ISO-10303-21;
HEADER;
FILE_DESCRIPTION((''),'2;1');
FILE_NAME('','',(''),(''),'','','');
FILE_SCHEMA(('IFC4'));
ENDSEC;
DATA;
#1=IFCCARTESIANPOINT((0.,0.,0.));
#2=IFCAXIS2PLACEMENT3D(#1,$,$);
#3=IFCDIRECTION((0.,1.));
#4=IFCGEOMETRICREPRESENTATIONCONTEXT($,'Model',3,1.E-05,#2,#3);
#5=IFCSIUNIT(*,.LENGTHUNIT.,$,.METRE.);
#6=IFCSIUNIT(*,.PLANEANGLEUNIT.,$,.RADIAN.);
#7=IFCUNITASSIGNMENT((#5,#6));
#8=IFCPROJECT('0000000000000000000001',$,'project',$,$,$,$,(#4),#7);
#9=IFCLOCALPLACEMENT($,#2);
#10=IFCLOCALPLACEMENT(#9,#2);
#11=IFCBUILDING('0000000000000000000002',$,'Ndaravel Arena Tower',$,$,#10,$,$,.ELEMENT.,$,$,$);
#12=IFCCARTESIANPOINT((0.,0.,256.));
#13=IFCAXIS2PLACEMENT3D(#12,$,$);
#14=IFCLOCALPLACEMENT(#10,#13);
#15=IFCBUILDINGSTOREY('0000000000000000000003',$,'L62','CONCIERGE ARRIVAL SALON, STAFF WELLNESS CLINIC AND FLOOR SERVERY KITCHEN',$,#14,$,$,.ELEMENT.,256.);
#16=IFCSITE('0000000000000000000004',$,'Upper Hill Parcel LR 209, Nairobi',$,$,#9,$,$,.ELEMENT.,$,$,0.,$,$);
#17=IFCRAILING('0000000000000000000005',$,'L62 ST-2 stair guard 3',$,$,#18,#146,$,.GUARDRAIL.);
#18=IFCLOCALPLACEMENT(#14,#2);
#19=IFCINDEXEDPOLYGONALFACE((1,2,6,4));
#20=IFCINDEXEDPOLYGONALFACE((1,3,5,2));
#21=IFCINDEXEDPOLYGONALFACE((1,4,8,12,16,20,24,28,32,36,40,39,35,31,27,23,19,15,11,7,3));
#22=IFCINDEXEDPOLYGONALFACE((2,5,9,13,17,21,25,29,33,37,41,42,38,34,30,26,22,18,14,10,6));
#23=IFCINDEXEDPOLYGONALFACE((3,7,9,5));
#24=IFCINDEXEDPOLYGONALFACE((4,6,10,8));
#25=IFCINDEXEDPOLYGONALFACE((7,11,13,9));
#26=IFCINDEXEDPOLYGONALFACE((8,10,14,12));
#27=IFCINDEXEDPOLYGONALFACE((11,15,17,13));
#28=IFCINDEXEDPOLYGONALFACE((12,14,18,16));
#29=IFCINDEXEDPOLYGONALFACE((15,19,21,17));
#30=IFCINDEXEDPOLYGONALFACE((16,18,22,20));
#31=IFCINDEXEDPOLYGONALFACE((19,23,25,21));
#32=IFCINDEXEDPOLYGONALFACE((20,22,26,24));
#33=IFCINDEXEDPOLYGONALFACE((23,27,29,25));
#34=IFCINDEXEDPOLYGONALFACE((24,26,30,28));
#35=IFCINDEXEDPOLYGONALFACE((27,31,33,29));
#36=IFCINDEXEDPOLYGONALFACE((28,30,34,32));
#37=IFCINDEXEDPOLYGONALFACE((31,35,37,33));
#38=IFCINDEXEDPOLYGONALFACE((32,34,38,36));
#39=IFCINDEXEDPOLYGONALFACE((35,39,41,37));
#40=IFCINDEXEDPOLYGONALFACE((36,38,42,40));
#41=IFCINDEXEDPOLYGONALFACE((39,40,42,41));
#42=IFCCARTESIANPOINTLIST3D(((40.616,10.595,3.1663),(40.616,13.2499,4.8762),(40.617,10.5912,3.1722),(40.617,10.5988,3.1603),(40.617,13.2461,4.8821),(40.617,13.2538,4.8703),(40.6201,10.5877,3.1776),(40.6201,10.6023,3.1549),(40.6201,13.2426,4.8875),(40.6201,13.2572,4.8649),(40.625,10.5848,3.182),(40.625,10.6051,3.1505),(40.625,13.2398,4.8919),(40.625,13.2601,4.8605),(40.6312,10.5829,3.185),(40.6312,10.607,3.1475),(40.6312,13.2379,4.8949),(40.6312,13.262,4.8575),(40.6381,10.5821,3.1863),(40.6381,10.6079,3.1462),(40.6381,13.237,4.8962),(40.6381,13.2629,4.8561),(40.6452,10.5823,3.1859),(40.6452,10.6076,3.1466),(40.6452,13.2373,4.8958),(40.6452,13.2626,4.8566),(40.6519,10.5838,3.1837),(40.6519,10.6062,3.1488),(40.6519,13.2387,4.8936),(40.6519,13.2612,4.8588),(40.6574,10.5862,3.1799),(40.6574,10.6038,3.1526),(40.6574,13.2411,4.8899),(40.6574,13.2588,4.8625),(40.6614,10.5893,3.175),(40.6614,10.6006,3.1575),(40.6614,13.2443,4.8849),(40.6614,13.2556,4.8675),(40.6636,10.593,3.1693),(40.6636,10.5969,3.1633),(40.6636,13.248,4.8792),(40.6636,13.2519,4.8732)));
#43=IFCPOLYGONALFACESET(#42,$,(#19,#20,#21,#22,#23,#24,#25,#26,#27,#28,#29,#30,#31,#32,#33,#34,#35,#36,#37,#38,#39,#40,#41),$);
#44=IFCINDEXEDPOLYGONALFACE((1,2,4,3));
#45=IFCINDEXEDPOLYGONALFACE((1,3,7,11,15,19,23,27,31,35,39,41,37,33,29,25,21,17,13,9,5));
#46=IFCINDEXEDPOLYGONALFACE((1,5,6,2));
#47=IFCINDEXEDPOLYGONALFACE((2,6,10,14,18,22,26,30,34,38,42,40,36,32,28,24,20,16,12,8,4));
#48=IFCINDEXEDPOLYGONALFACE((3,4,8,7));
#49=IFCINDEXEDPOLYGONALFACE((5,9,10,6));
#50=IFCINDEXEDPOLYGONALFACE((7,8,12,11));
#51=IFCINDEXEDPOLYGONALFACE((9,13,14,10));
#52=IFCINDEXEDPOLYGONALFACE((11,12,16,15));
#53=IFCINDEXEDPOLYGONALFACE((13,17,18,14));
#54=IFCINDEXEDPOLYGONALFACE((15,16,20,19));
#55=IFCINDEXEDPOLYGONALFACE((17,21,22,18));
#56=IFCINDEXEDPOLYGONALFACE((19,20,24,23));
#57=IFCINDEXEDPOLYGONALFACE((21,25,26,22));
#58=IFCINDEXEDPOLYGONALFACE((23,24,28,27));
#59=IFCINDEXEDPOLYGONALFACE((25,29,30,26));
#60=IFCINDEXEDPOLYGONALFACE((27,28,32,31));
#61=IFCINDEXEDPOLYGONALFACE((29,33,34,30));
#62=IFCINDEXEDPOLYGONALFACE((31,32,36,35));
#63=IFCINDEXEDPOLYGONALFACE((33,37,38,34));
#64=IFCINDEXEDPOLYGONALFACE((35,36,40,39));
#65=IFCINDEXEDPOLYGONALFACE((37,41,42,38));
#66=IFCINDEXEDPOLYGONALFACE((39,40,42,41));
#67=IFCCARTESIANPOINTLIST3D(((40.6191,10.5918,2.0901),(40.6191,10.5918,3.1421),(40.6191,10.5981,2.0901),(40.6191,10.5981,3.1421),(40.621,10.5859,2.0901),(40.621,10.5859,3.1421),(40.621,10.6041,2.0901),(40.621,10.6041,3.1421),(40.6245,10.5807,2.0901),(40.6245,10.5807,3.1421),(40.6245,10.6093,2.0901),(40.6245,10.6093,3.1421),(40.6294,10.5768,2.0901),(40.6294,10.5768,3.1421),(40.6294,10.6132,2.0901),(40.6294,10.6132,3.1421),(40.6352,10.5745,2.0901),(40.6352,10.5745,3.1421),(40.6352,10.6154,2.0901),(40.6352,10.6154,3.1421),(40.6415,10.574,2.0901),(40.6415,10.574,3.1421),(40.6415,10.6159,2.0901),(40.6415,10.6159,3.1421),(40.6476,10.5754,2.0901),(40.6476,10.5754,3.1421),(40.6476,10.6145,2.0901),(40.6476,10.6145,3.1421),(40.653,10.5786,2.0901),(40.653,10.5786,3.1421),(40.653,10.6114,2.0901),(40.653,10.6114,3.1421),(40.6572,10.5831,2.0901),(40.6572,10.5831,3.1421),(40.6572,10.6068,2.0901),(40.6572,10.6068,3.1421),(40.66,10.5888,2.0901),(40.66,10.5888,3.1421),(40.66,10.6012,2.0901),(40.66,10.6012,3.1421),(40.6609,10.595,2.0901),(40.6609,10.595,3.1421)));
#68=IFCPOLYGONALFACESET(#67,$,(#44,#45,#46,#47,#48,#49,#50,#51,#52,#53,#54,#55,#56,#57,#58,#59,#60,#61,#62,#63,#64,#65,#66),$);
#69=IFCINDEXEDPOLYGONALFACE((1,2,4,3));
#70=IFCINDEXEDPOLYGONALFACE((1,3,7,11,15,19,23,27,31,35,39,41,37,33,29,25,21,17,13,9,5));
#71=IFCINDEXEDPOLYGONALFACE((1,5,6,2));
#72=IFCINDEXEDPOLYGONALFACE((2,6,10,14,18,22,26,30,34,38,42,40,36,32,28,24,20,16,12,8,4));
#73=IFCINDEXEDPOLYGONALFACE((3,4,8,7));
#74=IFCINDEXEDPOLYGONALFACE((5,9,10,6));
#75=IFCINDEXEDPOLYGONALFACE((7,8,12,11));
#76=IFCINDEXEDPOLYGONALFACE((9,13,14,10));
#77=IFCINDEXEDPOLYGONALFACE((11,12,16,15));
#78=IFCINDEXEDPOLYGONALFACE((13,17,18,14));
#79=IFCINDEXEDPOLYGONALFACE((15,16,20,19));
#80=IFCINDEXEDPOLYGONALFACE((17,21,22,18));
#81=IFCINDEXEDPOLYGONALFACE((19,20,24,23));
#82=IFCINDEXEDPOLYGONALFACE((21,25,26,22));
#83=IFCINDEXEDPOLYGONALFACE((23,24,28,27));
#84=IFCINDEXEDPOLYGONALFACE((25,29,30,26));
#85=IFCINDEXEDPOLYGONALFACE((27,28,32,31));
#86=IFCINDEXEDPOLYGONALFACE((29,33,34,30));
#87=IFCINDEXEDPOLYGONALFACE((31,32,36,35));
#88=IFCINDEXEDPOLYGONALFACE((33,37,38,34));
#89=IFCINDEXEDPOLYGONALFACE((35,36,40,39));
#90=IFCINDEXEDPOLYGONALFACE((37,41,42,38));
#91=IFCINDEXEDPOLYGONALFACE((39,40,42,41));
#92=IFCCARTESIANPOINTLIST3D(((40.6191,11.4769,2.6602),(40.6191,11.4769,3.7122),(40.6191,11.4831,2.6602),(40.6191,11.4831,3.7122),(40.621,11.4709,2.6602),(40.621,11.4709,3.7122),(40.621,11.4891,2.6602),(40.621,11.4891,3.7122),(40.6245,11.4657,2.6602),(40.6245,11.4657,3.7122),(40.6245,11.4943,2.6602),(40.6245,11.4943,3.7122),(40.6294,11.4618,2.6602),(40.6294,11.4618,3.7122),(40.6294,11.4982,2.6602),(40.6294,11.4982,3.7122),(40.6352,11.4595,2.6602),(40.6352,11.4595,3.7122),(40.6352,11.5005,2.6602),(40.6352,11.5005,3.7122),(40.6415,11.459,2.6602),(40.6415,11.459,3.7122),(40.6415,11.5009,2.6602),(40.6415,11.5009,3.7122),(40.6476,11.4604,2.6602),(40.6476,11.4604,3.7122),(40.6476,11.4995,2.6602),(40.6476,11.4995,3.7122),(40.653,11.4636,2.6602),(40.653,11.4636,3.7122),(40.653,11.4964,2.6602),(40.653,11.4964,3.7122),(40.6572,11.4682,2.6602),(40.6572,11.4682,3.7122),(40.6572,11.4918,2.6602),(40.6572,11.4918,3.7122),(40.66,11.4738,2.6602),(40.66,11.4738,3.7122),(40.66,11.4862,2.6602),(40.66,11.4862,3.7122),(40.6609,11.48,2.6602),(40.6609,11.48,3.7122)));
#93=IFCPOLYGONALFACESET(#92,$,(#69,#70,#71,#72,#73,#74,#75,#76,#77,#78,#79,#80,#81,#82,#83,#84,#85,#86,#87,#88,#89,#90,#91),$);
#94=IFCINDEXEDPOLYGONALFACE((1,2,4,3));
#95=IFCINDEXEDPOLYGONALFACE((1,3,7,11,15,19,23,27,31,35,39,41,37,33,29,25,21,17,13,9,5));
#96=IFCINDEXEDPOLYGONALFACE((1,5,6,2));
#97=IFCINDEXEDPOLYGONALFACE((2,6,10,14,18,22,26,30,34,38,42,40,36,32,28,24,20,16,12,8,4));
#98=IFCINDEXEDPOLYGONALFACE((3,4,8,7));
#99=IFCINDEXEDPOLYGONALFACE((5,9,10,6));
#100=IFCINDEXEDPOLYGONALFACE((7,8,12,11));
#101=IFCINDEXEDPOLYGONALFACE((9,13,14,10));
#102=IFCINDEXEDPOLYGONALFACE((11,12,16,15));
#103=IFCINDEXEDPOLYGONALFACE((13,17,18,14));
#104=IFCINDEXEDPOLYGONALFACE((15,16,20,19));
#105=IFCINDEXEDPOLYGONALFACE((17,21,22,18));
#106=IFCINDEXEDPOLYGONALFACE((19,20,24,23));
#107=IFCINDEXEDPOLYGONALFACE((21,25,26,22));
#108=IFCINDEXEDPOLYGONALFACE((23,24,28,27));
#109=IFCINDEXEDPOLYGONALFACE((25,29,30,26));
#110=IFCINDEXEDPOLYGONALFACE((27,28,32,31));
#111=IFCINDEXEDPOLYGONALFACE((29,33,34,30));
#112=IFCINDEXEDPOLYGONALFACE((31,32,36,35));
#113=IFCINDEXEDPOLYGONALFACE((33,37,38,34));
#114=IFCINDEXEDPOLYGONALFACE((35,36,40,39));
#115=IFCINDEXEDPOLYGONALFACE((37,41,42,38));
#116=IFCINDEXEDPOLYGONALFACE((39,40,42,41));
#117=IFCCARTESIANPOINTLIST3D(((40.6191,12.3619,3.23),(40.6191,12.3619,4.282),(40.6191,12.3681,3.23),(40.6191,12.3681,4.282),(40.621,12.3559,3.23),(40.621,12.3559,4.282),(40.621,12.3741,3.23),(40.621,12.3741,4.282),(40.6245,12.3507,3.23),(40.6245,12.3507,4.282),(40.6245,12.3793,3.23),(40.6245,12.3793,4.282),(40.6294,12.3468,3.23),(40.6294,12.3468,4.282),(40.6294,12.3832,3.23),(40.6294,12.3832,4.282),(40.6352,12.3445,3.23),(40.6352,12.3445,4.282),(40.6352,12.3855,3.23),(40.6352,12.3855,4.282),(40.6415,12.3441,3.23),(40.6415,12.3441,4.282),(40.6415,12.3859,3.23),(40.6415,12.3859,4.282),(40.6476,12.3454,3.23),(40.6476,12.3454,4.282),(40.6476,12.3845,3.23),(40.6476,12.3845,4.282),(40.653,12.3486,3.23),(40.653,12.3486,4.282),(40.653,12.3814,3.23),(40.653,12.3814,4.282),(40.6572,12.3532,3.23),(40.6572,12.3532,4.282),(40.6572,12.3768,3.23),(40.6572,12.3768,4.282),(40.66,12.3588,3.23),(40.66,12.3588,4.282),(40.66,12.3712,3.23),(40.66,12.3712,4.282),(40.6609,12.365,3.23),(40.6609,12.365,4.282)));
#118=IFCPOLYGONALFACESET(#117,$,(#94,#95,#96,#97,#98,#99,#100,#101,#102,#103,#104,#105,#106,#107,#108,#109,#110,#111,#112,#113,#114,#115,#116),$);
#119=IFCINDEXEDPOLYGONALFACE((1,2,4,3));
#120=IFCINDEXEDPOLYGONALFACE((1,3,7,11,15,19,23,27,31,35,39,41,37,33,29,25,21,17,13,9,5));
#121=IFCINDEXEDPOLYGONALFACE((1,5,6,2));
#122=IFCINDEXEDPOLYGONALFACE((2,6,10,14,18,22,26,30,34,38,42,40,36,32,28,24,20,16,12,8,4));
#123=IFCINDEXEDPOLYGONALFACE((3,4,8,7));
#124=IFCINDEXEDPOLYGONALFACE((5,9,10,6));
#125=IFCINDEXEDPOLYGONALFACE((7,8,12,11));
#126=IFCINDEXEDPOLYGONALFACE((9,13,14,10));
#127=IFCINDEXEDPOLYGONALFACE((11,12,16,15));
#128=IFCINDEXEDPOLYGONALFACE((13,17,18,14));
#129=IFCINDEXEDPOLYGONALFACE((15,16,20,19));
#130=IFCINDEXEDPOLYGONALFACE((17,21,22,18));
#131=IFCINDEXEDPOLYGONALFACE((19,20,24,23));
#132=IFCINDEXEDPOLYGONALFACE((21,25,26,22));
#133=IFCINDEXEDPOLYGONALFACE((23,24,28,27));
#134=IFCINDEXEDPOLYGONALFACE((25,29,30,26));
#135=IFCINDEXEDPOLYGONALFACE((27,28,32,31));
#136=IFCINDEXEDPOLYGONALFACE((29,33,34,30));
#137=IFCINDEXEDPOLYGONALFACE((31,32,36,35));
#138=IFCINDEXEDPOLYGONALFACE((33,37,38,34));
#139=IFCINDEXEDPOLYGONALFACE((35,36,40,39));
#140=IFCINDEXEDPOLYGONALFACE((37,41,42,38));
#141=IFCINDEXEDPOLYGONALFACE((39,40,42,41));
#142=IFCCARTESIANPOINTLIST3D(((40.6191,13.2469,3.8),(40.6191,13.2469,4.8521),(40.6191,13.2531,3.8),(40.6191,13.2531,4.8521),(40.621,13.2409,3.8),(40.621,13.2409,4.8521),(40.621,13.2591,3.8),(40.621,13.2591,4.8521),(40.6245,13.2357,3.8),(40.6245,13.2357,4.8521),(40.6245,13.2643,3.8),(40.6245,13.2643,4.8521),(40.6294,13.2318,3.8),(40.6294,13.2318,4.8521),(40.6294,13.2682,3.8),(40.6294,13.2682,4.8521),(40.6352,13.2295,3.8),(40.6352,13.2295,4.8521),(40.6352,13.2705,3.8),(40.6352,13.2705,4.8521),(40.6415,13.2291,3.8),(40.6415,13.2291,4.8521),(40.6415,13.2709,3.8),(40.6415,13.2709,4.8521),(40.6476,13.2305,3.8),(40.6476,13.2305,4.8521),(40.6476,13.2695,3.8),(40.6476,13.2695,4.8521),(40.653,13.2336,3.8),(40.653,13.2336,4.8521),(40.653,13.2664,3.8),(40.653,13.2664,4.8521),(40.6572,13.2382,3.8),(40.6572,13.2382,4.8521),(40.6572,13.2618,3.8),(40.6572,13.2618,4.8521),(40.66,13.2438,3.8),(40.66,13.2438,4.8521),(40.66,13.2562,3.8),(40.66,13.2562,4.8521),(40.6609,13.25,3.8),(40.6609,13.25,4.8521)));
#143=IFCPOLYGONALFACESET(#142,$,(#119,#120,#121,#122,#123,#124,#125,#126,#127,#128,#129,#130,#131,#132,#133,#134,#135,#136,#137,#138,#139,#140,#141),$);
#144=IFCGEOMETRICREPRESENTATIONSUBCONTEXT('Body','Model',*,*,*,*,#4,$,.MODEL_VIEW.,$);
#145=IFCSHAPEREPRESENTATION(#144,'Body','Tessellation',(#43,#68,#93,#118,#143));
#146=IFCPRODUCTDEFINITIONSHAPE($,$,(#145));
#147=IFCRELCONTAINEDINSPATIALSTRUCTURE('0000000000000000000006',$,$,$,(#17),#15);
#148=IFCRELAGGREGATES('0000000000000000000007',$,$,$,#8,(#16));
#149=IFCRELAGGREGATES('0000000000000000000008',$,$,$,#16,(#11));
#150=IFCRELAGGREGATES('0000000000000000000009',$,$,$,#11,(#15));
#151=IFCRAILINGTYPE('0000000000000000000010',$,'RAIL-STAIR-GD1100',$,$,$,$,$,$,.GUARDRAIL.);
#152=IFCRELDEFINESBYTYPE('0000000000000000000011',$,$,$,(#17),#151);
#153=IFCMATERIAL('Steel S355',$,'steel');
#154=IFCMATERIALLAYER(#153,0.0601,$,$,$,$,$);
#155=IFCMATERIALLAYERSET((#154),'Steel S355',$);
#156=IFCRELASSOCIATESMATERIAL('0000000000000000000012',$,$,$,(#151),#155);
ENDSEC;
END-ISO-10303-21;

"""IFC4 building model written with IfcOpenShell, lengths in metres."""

from ifc_helpers import new_model, si_unit, direction, frame, origin, origin_2d, place, context, subcontext, project, spatial, circle, extrude, material, layer, layer_set, type_object, element, save


model = new_model("IFC4")

# Units and contexts
model_context = context("Model", 3, precision=1e-05, world=origin(), true_north=direction((0.0, 1.0)))
body_context = subcontext(model_context, "Body", "Model", "MODEL_VIEW")
ifc_project = project(units=[si_unit("LENGTHUNIT", "METRE"), si_unit("PLANEANGLEUNIT", "RADIAN")], contexts=[model_context])

# Site, building, storey
site_placement = place(None, origin())
site = spatial("IfcSite", under=ifc_project, at=site_placement, Name="Upper Hill Parcel LR 209, Nairobi", CompositionType="ELEMENT", RefElevation=0.0)
building_placement = place(site_placement, origin())
building = spatial("IfcBuilding", under=site, at=building_placement, Name="Ndaravel Arena Tower", CompositionType="ELEMENT")
storey_placement = place(building_placement, frame((0.0, 0.0, 256.0)))
storey = spatial("IfcBuildingStorey", under=building, at=storey_placement, Name="L62", Description="CONCIERGE ARRIVAL SALON, STAFF WELLNESS CLINIC AND FLOOR SERVERY KITCHEN", CompositionType="ELEMENT", Elevation=256.0)

# Railing
ifc_material_1 = material(Name="Steel S355", Category="steel")
ifc_layer_1 = layer(ifc_material_1, 0.0601)
ifc_layer_set_1 = layer_set([ifc_layer_1], Name="Steel S355")
railing_type_1 = type_object("IfcRailingType", Name="RAIL-STAIR-GD1100", PredefinedType="GUARDRAIL", material=ifc_layer_set_1)
railing_1_placement = place(storey_placement, frame((40.6399, 10.595, 2.0901)))
element("IfcRailing", 1, at=railing_1_placement, inside=storey, type_object=railing_type_1, Name="L62 ST-2 stair guard 3", PredefinedType="GUARDRAIL", context=body_context, shape_type="SweptSolid", body=[
    extrude(circle(Radius=0.0239, at=origin_2d()), frame((0.0, 0.0, 1.0762), z_axis=(0.0, 0.840724, 0.541465), x_axis=(-1.0, 0.0, 0.0)), (0.0, 0.0, 1.0), 3.158),
    extrude(circle(Radius=0.021, at=origin_2d()), origin(), (0.0, 0.0, 1.0), 1.052),
    extrude(circle(Radius=0.021, at=origin_2d()), frame((0.0, 0.885, 0.5701)), (0.0, 0.0, 1.0), 1.052),
    extrude(circle(Radius=0.021, at=origin_2d()), frame((0.0, 1.77, 1.1399)), (0.0, 0.0, 1.0), 1.052),
    extrude(circle(Radius=0.021, at=origin_2d()), frame((0.0, 2.655, 1.71)), (0.0, 0.0, 1.0), 1.052),
])

save(model, "model.ifc")
